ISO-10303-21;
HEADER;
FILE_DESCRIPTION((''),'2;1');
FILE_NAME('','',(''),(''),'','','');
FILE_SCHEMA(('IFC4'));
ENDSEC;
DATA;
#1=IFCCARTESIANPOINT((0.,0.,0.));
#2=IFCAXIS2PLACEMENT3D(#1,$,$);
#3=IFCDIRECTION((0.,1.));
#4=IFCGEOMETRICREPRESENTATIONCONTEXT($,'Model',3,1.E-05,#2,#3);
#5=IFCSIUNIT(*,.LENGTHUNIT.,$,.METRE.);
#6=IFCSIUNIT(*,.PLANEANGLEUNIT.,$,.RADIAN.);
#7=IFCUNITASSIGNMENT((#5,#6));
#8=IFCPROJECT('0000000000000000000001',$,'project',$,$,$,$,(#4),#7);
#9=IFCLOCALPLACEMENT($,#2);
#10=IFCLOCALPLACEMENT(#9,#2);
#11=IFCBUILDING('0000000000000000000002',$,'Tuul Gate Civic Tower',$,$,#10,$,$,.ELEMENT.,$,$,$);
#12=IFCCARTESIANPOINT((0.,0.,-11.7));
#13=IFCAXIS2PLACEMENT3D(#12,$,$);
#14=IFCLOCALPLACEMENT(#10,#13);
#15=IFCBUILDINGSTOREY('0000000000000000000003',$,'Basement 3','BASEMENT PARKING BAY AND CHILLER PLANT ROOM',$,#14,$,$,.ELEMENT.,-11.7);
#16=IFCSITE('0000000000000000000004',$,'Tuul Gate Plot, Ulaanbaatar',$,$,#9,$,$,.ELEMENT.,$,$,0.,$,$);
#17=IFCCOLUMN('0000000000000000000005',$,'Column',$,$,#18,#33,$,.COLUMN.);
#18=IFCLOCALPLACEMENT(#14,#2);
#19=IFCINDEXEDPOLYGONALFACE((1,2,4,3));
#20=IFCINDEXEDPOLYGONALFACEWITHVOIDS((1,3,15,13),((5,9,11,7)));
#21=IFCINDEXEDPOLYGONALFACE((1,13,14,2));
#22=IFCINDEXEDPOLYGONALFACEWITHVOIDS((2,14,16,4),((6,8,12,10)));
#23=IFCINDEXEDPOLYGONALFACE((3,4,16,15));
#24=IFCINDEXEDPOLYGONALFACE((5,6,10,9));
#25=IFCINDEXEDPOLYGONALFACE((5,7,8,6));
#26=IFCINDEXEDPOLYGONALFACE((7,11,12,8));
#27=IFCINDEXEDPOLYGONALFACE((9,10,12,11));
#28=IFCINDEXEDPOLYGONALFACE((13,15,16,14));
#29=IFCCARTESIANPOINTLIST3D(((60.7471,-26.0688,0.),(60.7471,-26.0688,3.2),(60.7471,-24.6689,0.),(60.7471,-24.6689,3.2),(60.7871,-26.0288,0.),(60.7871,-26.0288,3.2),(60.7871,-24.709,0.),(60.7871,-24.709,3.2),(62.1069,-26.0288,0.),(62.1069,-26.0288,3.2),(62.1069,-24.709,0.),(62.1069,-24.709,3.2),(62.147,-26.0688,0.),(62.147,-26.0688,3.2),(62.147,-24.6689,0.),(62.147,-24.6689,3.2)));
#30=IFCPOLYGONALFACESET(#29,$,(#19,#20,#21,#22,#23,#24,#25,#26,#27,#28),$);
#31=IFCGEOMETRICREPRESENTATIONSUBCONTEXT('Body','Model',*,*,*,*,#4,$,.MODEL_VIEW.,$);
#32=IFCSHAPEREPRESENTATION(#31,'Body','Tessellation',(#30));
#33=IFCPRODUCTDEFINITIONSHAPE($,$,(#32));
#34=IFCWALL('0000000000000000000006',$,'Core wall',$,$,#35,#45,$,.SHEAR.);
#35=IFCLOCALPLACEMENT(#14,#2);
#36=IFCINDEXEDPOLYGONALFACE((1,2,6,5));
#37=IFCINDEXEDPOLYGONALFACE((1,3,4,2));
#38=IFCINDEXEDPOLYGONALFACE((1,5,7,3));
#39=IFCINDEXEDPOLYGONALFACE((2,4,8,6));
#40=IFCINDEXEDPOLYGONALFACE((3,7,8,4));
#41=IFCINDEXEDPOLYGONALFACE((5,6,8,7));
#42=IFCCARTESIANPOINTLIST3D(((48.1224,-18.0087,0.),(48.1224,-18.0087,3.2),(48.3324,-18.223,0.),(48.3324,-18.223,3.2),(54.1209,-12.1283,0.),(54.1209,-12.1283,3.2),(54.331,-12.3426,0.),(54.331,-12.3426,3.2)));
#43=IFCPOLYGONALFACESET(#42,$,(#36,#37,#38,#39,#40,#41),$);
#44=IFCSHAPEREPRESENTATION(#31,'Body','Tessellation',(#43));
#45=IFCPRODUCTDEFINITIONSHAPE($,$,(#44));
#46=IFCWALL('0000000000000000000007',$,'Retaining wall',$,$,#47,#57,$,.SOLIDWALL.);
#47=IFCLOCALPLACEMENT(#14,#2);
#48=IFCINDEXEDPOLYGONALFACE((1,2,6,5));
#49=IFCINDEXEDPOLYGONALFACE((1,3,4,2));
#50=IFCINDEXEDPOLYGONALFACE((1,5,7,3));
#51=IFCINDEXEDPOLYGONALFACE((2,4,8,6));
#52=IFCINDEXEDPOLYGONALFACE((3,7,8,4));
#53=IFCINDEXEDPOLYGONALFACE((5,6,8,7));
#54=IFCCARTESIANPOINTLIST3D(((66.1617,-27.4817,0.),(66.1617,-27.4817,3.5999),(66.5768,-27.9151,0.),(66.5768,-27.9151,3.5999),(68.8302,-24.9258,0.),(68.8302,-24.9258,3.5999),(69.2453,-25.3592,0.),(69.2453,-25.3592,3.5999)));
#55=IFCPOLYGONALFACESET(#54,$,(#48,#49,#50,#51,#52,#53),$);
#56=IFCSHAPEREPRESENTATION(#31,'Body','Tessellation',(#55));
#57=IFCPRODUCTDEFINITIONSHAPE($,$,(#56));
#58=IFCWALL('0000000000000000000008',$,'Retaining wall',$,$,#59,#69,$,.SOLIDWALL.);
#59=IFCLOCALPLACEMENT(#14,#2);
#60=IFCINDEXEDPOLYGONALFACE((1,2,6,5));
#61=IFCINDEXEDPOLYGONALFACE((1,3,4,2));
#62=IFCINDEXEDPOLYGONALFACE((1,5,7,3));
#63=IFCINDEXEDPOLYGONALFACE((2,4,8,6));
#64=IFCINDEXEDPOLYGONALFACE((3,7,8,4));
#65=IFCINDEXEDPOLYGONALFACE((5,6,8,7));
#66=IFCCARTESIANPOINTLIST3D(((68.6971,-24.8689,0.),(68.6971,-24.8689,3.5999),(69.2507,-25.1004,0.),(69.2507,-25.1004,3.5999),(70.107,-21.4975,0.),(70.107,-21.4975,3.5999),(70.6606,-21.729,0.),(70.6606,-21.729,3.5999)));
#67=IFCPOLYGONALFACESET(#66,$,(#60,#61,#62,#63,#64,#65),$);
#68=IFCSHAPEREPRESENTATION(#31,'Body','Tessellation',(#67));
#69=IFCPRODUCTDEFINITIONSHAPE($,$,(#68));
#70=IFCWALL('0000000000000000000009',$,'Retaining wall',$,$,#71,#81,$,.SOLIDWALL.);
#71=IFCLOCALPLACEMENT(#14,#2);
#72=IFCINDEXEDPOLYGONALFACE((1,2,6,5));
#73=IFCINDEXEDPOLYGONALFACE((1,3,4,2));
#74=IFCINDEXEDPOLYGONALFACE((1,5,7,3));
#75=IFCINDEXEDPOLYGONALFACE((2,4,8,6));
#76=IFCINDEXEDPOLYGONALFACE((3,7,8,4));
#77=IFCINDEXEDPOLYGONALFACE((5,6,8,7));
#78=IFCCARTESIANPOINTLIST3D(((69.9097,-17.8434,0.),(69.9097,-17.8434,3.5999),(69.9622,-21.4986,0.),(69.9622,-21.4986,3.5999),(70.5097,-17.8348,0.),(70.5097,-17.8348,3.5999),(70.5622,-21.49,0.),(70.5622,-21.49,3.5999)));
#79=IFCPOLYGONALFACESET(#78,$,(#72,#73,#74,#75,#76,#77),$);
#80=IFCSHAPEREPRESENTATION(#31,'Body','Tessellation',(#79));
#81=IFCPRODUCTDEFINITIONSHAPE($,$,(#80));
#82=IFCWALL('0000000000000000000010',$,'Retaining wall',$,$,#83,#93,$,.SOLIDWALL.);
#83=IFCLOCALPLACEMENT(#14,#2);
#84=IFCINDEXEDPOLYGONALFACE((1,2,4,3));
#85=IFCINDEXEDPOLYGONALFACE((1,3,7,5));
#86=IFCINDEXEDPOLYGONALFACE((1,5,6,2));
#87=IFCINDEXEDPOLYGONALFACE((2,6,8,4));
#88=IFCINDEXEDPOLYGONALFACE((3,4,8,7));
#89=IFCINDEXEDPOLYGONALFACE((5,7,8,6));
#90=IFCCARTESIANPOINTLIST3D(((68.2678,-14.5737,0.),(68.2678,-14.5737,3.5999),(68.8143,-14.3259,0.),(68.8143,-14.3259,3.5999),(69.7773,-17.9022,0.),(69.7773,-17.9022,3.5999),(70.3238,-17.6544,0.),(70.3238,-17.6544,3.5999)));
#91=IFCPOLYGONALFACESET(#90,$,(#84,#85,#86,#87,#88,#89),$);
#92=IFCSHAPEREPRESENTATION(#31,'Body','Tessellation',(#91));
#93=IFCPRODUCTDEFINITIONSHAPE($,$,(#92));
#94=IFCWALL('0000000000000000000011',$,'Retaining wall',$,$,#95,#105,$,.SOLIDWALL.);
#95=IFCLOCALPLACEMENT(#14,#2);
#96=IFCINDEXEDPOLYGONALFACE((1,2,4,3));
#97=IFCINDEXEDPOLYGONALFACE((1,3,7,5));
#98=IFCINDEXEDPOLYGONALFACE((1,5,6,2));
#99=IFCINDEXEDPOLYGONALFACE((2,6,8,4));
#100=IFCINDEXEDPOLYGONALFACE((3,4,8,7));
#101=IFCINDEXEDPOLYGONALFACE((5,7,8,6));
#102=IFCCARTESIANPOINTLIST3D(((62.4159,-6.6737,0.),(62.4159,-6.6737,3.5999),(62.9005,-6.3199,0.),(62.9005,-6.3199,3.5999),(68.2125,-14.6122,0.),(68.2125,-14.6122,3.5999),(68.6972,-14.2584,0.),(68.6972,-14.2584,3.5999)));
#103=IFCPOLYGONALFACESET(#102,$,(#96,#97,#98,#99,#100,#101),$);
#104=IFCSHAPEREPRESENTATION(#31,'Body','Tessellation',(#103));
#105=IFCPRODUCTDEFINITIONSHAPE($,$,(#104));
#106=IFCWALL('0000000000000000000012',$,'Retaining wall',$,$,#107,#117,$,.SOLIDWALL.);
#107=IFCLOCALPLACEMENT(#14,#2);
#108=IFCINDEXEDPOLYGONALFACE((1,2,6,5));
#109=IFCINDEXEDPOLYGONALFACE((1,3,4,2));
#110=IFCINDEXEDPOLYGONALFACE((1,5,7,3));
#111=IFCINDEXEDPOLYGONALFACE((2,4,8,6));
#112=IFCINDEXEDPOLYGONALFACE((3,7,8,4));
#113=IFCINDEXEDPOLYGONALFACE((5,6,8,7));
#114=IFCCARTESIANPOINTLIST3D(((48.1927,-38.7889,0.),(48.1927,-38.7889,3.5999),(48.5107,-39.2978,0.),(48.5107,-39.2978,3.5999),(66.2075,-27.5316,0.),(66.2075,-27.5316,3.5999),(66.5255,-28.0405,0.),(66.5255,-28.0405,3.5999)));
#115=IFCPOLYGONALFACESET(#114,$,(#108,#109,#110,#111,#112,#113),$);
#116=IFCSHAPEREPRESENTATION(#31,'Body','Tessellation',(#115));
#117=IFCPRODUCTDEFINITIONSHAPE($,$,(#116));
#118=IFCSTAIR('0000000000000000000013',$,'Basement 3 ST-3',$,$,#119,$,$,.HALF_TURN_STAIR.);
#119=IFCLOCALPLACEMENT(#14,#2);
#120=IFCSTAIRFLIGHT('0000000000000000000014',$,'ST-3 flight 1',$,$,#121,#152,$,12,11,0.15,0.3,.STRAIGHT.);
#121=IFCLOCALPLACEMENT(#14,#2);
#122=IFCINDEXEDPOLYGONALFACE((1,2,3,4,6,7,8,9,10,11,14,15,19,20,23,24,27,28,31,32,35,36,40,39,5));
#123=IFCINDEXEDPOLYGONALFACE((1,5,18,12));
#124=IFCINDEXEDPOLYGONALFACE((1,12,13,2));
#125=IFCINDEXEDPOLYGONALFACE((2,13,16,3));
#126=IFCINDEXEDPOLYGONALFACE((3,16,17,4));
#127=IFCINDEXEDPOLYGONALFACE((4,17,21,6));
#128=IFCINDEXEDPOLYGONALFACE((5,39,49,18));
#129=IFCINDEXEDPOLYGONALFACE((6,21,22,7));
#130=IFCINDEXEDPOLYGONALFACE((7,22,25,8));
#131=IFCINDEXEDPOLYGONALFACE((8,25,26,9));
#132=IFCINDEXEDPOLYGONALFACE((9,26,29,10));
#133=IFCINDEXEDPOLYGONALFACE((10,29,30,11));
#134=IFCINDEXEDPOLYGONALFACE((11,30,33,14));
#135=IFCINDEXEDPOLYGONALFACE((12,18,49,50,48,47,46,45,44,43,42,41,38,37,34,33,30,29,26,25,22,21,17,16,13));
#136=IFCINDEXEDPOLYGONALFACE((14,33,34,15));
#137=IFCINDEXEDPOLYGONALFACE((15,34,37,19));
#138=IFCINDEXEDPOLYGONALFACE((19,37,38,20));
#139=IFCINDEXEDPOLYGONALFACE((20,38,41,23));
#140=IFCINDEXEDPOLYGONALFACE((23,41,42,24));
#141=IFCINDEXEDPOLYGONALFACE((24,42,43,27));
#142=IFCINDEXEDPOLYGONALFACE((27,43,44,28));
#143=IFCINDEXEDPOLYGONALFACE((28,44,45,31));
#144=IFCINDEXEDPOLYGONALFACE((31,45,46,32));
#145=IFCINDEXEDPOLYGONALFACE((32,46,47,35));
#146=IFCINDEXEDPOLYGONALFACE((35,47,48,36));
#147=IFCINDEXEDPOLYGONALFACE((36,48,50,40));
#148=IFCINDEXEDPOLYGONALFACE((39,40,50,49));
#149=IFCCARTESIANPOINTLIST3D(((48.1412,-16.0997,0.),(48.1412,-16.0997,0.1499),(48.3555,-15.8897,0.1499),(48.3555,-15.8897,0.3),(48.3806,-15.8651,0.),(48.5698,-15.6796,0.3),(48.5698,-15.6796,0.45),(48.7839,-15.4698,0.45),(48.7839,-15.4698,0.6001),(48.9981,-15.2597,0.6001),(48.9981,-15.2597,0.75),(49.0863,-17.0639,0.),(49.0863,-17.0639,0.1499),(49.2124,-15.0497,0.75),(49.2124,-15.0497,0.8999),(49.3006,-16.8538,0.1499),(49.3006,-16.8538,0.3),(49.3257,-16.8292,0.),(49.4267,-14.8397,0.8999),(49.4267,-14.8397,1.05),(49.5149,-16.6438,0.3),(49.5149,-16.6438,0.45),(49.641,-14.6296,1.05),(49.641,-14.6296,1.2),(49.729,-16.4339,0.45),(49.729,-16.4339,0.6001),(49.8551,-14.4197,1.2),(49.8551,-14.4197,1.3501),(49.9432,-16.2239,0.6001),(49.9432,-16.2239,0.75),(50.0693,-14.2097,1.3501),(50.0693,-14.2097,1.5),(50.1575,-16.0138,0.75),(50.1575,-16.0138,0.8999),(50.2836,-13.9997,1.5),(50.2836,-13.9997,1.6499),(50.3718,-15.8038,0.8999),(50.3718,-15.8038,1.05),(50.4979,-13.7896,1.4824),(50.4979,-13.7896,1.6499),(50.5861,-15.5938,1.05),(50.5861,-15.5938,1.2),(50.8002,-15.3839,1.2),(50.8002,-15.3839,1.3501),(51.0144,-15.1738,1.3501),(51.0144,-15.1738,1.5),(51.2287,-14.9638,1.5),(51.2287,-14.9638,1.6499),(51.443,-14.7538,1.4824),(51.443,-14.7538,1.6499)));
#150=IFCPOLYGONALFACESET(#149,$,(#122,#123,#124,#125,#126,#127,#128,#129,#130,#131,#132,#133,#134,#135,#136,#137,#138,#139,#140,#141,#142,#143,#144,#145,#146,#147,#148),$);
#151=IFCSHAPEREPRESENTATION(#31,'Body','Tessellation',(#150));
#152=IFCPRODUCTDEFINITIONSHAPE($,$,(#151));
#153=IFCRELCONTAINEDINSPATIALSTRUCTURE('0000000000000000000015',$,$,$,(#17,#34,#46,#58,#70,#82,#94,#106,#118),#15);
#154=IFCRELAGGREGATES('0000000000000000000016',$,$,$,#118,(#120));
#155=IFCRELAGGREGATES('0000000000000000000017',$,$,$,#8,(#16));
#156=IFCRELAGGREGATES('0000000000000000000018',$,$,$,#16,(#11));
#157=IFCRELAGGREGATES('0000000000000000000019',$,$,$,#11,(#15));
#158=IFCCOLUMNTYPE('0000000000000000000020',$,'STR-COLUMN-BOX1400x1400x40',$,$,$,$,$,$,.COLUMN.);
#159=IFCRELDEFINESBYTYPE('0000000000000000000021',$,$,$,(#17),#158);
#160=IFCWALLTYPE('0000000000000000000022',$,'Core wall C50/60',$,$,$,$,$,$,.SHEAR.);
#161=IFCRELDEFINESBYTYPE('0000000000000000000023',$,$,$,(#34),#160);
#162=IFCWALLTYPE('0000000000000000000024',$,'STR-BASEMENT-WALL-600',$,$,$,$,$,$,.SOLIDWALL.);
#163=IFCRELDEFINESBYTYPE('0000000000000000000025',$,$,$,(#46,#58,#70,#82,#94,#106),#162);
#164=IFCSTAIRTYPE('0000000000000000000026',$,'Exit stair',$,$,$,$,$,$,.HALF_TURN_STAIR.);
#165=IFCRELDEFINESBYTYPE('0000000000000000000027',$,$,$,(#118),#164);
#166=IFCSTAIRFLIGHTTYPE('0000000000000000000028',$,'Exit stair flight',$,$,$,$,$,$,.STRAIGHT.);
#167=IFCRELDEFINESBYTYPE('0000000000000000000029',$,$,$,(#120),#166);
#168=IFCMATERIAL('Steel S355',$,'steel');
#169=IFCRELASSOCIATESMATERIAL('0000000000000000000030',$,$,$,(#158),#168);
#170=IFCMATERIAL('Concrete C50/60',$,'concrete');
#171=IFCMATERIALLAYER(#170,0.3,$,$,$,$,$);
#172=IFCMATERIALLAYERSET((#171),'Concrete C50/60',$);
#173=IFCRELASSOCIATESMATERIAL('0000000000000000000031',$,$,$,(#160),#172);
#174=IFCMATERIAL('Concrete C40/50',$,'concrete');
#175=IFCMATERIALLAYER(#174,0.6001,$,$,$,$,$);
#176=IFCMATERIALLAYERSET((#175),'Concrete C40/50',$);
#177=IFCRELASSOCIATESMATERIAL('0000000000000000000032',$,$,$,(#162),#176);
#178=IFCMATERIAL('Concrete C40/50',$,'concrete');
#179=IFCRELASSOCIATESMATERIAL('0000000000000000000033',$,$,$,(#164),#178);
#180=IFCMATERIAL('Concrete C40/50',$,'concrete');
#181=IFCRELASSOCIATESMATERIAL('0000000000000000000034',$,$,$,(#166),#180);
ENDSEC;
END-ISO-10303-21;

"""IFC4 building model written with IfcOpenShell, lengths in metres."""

from ifc_helpers import new_model, si_unit, direction, frame, frame_2d, origin, origin_2d, place, context, subcontext, project, spatial, polyline, rectangle, hollow_rectangle, outline, extrude, material, layer, layer_set, material_profile, profile_set, type_object, element, aggregate, save


model = new_model("IFC4")

# Units and contexts
model_context = context("Model", 3, precision=1e-05, world=origin(), true_north=direction((0.0, 1.0)))
body_context = subcontext(model_context, "Body", "Model", "MODEL_VIEW")
ifc_project = project(units=[si_unit("LENGTHUNIT", "METRE"), si_unit("PLANEANGLEUNIT", "RADIAN")], contexts=[model_context])

# Site, building, storey
site_placement = place(None, origin())
site = spatial("IfcSite", under=ifc_project, at=site_placement, Name="Tuul Gate Plot, Ulaanbaatar", CompositionType="ELEMENT", RefElevation=0.0)
building_placement = place(site_placement, origin())
building = spatial("IfcBuilding", under=site, at=building_placement, Name="Tuul Gate Civic Tower", CompositionType="ELEMENT")
storey_placement = place(building_placement, frame((0.0, 0.0, -11.7)))
storey = spatial("IfcBuildingStorey", under=building, at=storey_placement, Name="Basement 3", Description="BASEMENT PARKING BAY AND CHILLER PLANT ROOM", CompositionType="ELEMENT", Elevation=-11.7)

# Column
ifc_material_1 = material(Name="Steel S355", Category="steel")
ifc_material_profile_1 = material_profile(ifc_material_1, hollow_rectangle(XDim=1.3999, YDim=1.3999, WallThickness=0.04, at=origin_2d()), Name="BOX1400x1400x40")
ifc_profile_set_1 = profile_set([ifc_material_profile_1], Name="Steel S355")
column_type = type_object("IfcColumnType", Name="STR-COLUMN-BOX1400x1400x40", PredefinedType="COLUMN", material=ifc_profile_set_1)
for number, where, z_axis, x_axis, name in (
    (1, (61.447, -25.3689, 0.0), (0.0, 0.0, 1.0), (1.0, 0.0, 0.0), "Column"),
):
    element("IfcColumn", number, at=place(storey_placement, frame(where, z_axis=z_axis, x_axis=x_axis)), inside=storey, type_object=column_type, Name=name, PredefinedType="COLUMN", context=body_context, shape_type="SweptSolid", body=[
        extrude(hollow_rectangle(XDim=1.3999, YDim=1.3999, WallThickness=0.04, at=origin_2d()), origin(), (0.0, 0.0, 1.0), 3.2),
    ])

# Walls
ifc_material_2 = material(Name="Concrete C50/60", Category="concrete")
ifc_layer_1 = layer(ifc_material_2, 0.3)
ifc_layer_set_1 = layer_set([ifc_layer_1], Name="Concrete C50/60")
wall_type_1 = type_object("IfcWallType", Name="Core wall C50/60", PredefinedType="SHEAR", material=ifc_layer_set_1)
wall_1_placement = place(storey_placement, frame((48.2273, -18.116, 0.0), z_axis=(0.0, 0.0, 1.0), x_axis=(0.714105, 0.700038, 0.0)))
element("IfcWall", 2, at=wall_1_placement, inside=storey, type_object=wall_type_1, Name="Core wall", PredefinedType="SHEAR", context=body_context, shape_type="SweptSolid", body=[
    extrude(rectangle(XDim=8.4001, YDim=0.3, at=frame_2d((4.2002, 0.0))), origin(), (0.0, 0.0, 1.0), 3.2),
])
ifc_material_3 = material(Name="Concrete C40/50", Category="concrete")
ifc_layer_2 = layer(ifc_material_3, 0.6001)
ifc_layer_set_2 = layer_set([ifc_layer_2], Name="Concrete C40/50")
wall_type_2 = type_object("IfcWallType", Name="STR-BASEMENT-WALL-600", PredefinedType="SOLIDWALL", material=ifc_layer_set_2)
wall_2_placement = place(storey_placement, frame((66.3691, -27.6985, 0.0), z_axis=(0.0, 0.0, 1.0), x_axis=(0.722172, 0.691713, 0.0)))
element("IfcWall", 3, at=wall_2_placement, inside=storey, type_object=wall_type_2, Name="Retaining wall", PredefinedType="SOLIDWALL", context=body_context, shape_type="SweptSolid", body=[
    extrude(rectangle(XDim=3.6951, YDim=0.6001, at=frame_2d((1.8477, 0.0))), origin(), (0.0, 0.0, 1.0), 3.5999),
])
wall_3_placement = place(storey_placement, frame((68.9739, -24.9846, 0.0), z_axis=(0.0, 0.0, 1.0), x_axis=(0.385825, 0.922572, 0.0)))
element("IfcWall", 4, at=wall_3_placement, inside=storey, type_object=wall_type_2, Name="Retaining wall", PredefinedType="SOLIDWALL", context=body_context, shape_type="SweptSolid", body=[
    extrude(rectangle(XDim=3.6543, YDim=0.6001, at=frame_2d((1.8271, 0.0))), origin(), (0.0, 0.0, 1.0), 3.5999),
])
wall_4_placement = place(storey_placement, frame((70.2622, -21.4941, 0.0), z_axis=(0.0, 0.0, 1.0), x_axis=(-0.01436, 0.999897, 0.0)))
element("IfcWall", 5, at=wall_4_placement, inside=storey, type_object=wall_type_2, Name="Retaining wall", PredefinedType="SOLIDWALL", context=body_context, shape_type="SweptSolid", body=[
    extrude(rectangle(XDim=3.6555, YDim=0.6001, at=frame_2d((1.8276, 0.0))), origin(), (0.0, 0.0, 1.0), 3.5999),
])
wall_5_placement = place(storey_placement, frame((70.0505, -17.7783, 0.0), z_axis=(0.0, 0.0, 1.0), x_axis=(-0.413013, 0.910725, 0.0)))
element("IfcWall", 6, at=wall_5_placement, inside=storey, type_object=wall_type_2, Name="Retaining wall", PredefinedType="SOLIDWALL", context=body_context, shape_type="SweptSolid", body=[
    extrude(rectangle(XDim=3.6548, YDim=0.6001, at=frame_2d((1.8274, 0.0))), origin(), (0.0, 0.0, 1.0), 3.5999),
])
wall_6_placement = place(storey_placement, frame((68.4548, -14.4353, 0.0), z_axis=(0.0, 0.0, 1.0), x_axis=(-0.589714, 0.807612, 0.0)))
element("IfcWall", 7, at=wall_6_placement, inside=storey, type_object=wall_type_2, Name="Retaining wall", PredefinedType="SOLIDWALL", context=body_context, shape_type="SweptSolid", body=[
    extrude(rectangle(XDim=9.8296, YDim=0.6001, at=frame_2d((4.9148, 0.0))), origin(), (0.0, 0.0, 1.0), 3.5999),
])
wall_7_placement = place(storey_placement, frame((48.3516, -39.0435, 0.0), z_axis=(0.0, 0.0, 1.0), x_axis=(0.84804, 0.529932, 0.0)))
element("IfcWall", 8, at=wall_7_placement, inside=storey, type_object=wall_type_2, Name="Retaining wall", PredefinedType="SOLIDWALL", context=body_context, shape_type="SweptSolid", body=[
    extrude(rectangle(XDim=21.2429, YDim=0.6001, at=frame_2d((10.6216, 0.0))), origin(), (0.0, 0.0, 1.0), 3.5999),
])

# Stair, stair flight
ifc_material_4 = material(Name="Concrete C40/50", Category="concrete")
stair_type = type_object("IfcStairType", Name="Exit stair", PredefinedType="HALF_TURN_STAIR", material=ifc_material_4)
stair_placement = place(storey_placement, origin())
stair = element("IfcStair", 9, at=stair_placement, inside=storey, type_object=stair_type, Name="Basement 3 ST-3", PredefinedType="HALF_TURN_STAIR")
ifc_material_5 = material(Name="Concrete C40/50", Category="concrete")
stair_flight_type = type_object("IfcStairFlightType", Name="Exit stair flight", PredefinedType="STRAIGHT", material=ifc_material_5)
stair_flight_placement = place(storey_placement, frame((48.6138, -16.5818, 0.0), z_axis=(0.0, 0.0, 1.0), x_axis=(0.714127, 0.700016, 0.0)))
stair_flight = element("IfcStairFlight", 10, at=stair_flight_placement, type_object=stair_flight_type, Name="ST-3 flight 1", NumberOfRisers=12, NumberOfTreads=11, PredefinedType="STRAIGHT", RiserHeight=0.15, TreadLength=0.3, context=body_context, shape_type="SweptSolid", body=[
    extrude(outline(polyline([(0.0, 0.0), (0.0, 0.1499), (0.3, 0.1499), (0.3, 0.3), (0.6001, 0.3), (0.6001, 0.45), (0.8999, 0.45), (0.8999, 0.6001), (1.2, 0.6001), (1.2, 0.75), (1.5, 0.75), (1.5, 0.8999), (1.8, 0.8999), (1.8, 1.05), (2.1001, 1.05), (2.1001, 1.2), (2.3999, 1.2), (2.3999, 1.3501), (2.7, 1.3501), (2.7, 1.5), (3.0, 1.5), (3.0, 1.6499), (3.3, 1.6499), (3.3, 1.8), (3.3, 1.4824), (0.3352, 0.0), (0.0, 0.0)])), frame((0.0, 0.675, 0.0), z_axis=(0.0, -1.0, 0.0), x_axis=(1.0, 0.0, 0.0)), (0.0, 0.0, 1.0), 1.3501),
])
aggregate(stair, [stair_flight])

save(model, "model.ifc")
